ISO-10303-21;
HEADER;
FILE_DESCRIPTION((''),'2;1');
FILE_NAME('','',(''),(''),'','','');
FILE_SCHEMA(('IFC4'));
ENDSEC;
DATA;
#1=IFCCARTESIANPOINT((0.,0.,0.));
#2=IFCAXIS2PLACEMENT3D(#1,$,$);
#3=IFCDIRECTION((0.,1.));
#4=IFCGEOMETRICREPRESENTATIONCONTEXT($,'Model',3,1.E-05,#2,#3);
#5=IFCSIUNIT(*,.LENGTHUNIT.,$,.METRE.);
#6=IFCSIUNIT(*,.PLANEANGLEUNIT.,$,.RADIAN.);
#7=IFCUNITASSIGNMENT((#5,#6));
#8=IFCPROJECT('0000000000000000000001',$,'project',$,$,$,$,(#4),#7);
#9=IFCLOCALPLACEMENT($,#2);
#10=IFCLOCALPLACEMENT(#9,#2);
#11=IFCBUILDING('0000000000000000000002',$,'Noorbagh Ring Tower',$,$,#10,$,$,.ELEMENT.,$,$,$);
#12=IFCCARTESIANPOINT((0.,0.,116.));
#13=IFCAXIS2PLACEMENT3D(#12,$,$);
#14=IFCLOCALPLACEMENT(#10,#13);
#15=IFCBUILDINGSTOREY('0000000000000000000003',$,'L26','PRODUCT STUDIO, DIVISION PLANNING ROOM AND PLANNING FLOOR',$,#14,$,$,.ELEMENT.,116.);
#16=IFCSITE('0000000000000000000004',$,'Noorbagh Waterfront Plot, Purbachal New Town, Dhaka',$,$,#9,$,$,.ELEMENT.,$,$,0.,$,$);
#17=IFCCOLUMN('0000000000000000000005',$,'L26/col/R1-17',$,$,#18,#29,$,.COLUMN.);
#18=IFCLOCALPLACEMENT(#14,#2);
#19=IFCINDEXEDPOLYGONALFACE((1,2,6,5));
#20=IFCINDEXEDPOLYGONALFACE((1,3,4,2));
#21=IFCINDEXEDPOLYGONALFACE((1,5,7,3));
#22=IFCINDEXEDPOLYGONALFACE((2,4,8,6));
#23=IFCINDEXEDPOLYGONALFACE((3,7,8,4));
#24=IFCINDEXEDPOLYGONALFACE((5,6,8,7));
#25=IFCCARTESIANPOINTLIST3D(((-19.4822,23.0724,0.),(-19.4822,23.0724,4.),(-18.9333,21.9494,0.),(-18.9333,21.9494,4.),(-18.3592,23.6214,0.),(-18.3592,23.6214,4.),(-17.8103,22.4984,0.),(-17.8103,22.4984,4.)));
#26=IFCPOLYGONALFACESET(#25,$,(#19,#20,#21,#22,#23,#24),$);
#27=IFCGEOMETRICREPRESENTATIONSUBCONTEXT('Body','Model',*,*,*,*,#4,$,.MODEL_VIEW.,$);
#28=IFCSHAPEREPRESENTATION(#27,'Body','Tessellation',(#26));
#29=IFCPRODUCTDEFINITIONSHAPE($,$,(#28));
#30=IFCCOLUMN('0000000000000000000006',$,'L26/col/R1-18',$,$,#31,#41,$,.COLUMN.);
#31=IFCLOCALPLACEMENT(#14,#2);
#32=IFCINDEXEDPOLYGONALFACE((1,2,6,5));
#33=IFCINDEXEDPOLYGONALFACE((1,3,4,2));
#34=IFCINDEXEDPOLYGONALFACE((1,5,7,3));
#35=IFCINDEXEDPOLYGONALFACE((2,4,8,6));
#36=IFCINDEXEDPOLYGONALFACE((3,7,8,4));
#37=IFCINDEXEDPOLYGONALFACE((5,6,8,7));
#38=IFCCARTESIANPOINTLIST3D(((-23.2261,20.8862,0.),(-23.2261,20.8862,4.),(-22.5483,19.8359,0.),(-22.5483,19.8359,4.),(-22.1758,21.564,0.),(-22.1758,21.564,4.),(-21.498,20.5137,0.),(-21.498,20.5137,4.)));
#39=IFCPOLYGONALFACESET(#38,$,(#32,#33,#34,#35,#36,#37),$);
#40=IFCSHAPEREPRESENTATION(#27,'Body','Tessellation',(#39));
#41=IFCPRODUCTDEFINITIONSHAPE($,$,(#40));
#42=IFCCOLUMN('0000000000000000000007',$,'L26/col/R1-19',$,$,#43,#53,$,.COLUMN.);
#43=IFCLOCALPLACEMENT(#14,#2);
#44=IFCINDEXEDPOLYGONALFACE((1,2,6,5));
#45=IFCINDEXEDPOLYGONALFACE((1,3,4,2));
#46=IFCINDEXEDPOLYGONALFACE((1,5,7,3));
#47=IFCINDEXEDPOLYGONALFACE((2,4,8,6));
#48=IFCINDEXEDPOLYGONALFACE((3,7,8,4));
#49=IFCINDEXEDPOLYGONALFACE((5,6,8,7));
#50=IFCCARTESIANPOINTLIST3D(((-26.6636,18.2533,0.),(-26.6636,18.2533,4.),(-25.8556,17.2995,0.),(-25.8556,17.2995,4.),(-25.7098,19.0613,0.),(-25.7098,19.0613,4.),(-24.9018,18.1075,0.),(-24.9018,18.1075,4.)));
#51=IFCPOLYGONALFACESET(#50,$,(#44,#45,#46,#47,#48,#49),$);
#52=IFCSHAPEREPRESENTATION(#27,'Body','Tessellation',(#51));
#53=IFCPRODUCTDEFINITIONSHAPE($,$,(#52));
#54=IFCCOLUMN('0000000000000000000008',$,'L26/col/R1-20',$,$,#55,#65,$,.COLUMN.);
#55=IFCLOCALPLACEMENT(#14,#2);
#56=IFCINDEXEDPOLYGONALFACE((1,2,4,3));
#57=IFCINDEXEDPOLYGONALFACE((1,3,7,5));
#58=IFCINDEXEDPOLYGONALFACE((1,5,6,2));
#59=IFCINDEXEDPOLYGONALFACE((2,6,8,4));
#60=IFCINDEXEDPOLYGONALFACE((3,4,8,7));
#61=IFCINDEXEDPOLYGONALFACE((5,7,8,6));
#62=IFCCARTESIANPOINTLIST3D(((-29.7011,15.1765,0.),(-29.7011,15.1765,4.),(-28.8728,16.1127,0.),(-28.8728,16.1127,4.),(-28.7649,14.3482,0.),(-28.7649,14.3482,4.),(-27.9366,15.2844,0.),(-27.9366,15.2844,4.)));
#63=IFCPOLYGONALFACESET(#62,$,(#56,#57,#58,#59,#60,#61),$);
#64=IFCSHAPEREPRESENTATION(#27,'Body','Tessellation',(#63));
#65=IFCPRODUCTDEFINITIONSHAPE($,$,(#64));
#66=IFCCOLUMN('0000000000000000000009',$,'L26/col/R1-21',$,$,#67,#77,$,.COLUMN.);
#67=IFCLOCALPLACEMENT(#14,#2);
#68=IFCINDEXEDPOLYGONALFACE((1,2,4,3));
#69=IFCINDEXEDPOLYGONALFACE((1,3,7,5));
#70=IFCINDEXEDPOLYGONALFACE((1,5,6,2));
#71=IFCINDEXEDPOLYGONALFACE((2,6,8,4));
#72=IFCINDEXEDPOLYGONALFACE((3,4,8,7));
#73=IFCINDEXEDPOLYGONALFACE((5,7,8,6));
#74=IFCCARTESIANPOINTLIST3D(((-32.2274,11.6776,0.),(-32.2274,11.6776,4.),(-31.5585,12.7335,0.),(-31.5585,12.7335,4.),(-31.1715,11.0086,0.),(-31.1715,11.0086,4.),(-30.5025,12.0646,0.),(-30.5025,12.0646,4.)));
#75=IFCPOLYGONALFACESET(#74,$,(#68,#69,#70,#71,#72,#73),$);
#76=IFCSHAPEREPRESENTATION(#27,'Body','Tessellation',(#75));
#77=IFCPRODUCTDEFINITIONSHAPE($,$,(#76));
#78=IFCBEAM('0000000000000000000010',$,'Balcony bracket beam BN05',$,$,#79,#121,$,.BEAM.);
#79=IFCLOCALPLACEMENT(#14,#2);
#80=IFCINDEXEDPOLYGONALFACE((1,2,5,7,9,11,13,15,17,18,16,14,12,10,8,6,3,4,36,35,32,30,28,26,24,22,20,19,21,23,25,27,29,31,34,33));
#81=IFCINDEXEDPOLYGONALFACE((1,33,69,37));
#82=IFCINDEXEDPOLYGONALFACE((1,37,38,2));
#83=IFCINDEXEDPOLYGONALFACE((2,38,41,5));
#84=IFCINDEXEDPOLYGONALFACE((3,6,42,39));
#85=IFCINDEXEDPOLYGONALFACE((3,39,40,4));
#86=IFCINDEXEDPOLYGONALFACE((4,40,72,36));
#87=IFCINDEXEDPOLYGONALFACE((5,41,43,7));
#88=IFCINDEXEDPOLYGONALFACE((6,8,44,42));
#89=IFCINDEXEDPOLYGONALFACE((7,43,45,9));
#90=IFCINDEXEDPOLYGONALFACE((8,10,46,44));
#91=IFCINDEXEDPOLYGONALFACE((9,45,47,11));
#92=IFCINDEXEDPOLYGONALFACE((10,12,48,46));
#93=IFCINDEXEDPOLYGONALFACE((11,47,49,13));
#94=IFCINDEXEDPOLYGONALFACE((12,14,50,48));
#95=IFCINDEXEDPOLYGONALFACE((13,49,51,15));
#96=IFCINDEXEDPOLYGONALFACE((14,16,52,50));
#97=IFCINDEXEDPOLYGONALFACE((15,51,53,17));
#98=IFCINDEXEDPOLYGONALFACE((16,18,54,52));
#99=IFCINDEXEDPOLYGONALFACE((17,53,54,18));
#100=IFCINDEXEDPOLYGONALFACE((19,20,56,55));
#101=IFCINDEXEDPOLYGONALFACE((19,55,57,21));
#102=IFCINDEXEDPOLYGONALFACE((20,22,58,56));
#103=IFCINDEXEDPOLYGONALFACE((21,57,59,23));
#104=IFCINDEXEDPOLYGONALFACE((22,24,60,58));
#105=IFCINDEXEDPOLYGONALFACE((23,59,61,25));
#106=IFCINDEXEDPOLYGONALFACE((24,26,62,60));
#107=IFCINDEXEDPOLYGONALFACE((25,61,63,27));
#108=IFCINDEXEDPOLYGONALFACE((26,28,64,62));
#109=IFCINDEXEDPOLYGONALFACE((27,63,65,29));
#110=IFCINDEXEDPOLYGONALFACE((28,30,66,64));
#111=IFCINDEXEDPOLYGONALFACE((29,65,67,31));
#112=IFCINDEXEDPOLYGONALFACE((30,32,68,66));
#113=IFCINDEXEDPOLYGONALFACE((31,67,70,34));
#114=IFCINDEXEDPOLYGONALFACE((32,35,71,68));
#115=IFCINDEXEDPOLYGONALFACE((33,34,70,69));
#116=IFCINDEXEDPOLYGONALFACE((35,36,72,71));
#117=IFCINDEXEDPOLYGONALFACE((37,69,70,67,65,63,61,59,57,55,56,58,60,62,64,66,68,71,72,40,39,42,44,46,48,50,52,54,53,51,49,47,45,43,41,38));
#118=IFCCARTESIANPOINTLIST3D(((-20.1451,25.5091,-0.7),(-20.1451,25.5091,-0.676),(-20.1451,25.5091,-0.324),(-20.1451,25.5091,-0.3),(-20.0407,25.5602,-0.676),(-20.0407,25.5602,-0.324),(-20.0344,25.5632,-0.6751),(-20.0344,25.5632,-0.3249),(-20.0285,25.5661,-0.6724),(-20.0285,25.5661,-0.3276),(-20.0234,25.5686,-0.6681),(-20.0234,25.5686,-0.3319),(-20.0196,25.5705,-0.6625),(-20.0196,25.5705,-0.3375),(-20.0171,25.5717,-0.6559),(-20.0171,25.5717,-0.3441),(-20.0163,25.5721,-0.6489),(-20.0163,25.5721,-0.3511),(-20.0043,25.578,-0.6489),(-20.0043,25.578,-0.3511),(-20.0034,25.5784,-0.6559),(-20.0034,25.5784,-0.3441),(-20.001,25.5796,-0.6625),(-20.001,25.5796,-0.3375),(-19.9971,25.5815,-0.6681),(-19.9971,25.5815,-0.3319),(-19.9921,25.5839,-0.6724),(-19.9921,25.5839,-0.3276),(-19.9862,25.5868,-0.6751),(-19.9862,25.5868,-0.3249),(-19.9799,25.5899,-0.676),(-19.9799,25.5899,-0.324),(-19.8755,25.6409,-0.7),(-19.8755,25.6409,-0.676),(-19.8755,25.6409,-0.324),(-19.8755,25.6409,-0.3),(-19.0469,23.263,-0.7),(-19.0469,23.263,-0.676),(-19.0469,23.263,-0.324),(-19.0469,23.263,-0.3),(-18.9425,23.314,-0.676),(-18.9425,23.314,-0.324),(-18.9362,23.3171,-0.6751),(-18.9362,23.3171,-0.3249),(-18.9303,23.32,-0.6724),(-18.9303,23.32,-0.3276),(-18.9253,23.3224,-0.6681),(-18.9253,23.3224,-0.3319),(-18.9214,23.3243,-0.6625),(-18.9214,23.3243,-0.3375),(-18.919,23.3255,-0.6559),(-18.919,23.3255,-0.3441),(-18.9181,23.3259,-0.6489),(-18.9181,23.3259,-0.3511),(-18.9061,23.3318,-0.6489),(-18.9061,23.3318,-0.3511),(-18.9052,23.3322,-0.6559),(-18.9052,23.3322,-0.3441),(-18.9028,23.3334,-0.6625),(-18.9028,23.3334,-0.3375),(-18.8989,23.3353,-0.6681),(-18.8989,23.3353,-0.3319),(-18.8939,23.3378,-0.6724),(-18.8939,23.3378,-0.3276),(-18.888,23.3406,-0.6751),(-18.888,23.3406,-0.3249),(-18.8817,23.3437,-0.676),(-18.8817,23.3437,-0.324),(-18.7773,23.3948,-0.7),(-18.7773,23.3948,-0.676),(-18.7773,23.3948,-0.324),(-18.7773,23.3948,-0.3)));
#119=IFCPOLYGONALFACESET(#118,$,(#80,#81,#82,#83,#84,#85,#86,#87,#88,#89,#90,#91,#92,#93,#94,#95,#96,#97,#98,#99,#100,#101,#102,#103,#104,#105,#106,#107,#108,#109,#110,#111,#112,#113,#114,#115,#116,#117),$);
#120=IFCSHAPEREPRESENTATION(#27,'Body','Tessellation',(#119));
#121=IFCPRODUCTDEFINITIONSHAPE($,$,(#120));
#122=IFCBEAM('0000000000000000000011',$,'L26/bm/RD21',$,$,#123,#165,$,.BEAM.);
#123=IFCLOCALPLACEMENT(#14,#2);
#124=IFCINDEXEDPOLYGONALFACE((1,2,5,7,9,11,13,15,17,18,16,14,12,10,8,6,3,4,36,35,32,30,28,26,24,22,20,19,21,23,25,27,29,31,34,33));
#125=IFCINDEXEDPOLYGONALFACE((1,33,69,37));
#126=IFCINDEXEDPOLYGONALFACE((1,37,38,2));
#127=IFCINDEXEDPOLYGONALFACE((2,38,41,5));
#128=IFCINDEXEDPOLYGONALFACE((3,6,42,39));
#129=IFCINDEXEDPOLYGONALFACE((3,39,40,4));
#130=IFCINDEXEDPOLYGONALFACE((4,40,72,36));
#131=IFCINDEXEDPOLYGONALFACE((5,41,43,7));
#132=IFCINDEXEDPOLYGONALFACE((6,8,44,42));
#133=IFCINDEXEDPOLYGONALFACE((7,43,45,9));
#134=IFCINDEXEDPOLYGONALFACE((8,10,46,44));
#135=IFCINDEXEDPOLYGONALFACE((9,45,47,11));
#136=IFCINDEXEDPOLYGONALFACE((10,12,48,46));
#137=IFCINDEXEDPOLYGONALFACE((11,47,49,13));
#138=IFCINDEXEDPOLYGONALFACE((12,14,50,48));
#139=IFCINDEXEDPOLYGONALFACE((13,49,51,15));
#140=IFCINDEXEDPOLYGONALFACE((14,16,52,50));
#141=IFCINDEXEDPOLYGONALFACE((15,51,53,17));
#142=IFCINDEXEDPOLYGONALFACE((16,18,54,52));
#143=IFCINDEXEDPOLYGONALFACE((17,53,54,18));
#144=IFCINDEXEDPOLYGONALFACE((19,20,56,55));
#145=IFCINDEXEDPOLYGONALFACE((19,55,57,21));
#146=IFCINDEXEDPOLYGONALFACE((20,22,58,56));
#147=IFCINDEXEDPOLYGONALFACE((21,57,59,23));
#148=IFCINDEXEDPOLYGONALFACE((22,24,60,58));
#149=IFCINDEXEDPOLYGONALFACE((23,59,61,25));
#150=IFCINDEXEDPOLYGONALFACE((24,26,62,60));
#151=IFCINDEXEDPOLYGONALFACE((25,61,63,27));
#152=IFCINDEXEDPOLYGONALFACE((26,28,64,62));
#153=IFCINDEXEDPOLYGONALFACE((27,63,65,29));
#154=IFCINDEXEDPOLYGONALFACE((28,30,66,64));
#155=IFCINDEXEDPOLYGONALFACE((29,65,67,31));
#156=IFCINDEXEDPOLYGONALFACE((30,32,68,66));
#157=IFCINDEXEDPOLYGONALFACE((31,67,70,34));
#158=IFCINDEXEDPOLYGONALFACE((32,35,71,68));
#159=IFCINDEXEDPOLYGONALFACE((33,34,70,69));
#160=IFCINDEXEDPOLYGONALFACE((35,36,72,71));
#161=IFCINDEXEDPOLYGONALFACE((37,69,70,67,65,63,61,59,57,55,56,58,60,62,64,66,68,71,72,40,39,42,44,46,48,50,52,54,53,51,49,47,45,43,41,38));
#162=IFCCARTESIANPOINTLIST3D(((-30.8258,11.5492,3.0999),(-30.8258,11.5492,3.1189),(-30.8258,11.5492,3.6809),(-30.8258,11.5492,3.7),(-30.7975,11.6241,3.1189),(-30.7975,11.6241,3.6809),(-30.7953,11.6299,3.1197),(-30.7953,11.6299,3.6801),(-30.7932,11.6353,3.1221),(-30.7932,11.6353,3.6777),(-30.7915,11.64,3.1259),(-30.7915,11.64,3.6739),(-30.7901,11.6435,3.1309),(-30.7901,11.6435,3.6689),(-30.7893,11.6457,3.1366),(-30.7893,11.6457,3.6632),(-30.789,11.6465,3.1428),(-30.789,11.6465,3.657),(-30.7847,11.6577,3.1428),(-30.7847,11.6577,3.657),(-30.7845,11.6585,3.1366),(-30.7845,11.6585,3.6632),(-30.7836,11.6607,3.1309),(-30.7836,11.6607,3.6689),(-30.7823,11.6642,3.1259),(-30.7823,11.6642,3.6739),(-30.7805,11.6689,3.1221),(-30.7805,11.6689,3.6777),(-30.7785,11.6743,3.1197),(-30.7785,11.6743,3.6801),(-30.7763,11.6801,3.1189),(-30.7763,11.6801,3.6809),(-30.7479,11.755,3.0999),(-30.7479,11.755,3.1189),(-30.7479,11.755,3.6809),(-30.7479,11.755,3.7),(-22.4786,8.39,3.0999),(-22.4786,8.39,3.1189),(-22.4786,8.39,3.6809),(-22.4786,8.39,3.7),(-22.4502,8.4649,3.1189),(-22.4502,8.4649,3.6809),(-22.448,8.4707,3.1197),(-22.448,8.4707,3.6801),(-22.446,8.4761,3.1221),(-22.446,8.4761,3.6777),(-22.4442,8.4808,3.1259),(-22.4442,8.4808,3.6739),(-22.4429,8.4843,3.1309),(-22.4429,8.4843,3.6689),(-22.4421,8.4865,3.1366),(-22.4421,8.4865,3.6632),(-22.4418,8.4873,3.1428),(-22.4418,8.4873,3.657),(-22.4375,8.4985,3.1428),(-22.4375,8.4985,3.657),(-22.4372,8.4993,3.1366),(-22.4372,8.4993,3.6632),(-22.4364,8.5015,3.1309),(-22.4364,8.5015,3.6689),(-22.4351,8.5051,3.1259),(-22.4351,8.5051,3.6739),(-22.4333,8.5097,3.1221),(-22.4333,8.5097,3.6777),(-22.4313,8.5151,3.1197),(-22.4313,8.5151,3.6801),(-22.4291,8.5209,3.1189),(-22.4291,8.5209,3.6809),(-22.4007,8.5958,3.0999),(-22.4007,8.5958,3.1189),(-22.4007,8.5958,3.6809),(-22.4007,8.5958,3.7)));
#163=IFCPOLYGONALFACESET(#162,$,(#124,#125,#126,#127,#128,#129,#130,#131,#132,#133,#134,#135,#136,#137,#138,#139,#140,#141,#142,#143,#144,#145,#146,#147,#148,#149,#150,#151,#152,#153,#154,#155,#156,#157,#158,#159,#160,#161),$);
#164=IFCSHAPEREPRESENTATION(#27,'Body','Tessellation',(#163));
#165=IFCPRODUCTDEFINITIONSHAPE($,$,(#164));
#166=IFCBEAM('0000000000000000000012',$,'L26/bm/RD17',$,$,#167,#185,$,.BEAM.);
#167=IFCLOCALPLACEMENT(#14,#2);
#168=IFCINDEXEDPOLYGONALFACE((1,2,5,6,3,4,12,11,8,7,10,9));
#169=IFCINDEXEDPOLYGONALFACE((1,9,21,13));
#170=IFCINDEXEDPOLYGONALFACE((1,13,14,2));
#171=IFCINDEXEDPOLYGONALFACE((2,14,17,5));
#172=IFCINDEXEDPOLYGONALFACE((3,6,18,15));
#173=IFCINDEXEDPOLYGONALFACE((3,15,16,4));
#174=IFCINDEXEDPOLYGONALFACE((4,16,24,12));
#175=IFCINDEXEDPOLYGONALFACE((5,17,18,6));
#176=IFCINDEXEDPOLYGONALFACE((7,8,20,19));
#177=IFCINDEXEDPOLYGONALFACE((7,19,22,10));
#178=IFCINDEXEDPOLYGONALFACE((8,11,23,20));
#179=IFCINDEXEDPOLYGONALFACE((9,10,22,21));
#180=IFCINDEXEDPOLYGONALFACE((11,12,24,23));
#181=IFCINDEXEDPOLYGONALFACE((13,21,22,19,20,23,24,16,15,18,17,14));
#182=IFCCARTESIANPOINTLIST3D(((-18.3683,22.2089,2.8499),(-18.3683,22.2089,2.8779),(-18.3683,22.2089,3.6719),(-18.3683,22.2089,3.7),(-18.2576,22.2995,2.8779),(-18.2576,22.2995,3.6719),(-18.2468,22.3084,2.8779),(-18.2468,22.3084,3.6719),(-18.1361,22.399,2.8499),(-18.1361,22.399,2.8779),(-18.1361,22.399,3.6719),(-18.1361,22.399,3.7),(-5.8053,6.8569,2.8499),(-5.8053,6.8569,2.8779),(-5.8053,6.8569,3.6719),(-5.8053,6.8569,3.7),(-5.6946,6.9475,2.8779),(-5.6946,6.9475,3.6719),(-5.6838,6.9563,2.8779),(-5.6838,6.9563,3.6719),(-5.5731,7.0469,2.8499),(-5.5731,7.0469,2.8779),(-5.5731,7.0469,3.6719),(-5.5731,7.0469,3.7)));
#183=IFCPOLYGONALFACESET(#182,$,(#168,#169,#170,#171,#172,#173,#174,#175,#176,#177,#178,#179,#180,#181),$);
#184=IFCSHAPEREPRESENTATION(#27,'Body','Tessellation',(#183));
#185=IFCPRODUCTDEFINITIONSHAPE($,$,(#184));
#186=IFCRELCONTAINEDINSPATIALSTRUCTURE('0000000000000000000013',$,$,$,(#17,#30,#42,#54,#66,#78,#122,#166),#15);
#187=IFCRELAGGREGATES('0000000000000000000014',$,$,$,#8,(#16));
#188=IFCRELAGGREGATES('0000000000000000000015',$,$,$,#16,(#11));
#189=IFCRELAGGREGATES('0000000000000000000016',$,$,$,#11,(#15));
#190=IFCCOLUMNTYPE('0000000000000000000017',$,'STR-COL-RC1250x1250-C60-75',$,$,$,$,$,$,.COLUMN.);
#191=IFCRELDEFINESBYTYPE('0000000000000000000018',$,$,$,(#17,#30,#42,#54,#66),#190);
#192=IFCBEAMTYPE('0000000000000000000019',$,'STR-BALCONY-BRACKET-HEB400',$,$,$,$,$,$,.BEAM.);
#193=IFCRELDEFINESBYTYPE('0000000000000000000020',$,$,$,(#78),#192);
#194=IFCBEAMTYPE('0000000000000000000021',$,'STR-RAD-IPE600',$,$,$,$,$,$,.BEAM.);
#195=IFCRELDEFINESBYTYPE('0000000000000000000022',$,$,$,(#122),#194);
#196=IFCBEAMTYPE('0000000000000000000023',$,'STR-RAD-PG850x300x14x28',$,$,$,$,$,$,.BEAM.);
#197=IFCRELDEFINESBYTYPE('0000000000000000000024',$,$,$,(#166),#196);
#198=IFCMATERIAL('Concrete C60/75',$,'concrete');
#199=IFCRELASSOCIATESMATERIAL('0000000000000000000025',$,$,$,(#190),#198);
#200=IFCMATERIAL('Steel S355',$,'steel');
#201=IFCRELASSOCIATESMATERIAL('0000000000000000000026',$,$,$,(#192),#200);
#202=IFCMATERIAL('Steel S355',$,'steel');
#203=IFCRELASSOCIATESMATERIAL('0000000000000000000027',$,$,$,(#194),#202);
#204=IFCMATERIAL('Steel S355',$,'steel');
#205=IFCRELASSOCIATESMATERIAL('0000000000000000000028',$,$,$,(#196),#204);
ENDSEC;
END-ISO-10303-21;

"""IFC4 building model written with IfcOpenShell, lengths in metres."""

from ifc_helpers import new_model, si_unit, direction, frame, origin, origin_2d, place, context, subcontext, project, spatial, rectangle, i_section, extrude, material, material_profile, profile_set, type_object, element, save


model = new_model("IFC4")

# Units and contexts
model_context = context("Model", 3, precision=1e-05, world=origin(), true_north=direction((0.0, 1.0)))
body_context = subcontext(model_context, "Body", "Model", "MODEL_VIEW")
ifc_project = project(units=[si_unit("LENGTHUNIT", "METRE"), si_unit("PLANEANGLEUNIT", "RADIAN")], contexts=[model_context])

# Site, building, storey
site_placement = place(None, origin())
site = spatial("IfcSite", under=ifc_project, at=site_placement, Name="Noorbagh Waterfront Plot, Purbachal New Town, Dhaka", CompositionType="ELEMENT", RefElevation=0.0)
building_placement = place(site_placement, origin())
building = spatial("IfcBuilding", under=site, at=building_placement, Name="Noorbagh Ring Tower", CompositionType="ELEMENT")
storey_placement = place(building_placement, frame((0.0, 0.0, 116.0)))
storey = spatial("IfcBuildingStorey", under=building, at=storey_placement, Name="L26", Description="PRODUCT STUDIO, DIVISION PLANNING ROOM AND PLANNING FLOOR", CompositionType="ELEMENT", Elevation=116.0)

# Columns
ifc_material_1 = material(Name="Concrete C60/75", Category="concrete")
ifc_material_profile_1 = material_profile(ifc_material_1, rectangle(XDim=1.25, YDim=1.25, at=origin_2d()), Name="RC1250x1250")
ifc_profile_set_1 = profile_set([ifc_material_profile_1], Name="Concrete C60/75")
column_type = type_object("IfcColumnType", Name="STR-COL-RC1250x1250-C60-75", PredefinedType="COLUMN", material=ifc_profile_set_1)
for number, where, z_axis, x_axis, name in (
    (1, (-18.6462, 22.7854, 0.0), (0.0, 0.0, 1.0), (-0.898399, -0.43918, 0.0), "L26/col/R1-17"),
    (2, (-22.3621, 20.7, 0.0), (0.0, 0.0, 1.0), (-0.840248, -0.542203, 0.0), "L26/col/R1-18"),
    (3, (-25.7827, 18.1804, 0.0), (0.0, 0.0, 1.0), (-0.763035, -0.646357, 0.0), "L26/col/R1-19"),
    (4, (-28.8188, 15.2305, 0.0), (0.0, 0.0, 1.0), (-0.662636, -0.748942, 0.0), "L26/col/R1-20"),
    (5, (-31.365, 11.8711, 0.0), (0.0, 0.0, 1.0), (-0.53519, -0.844731, 0.0), "L26/col/R1-21"),
):
    element("IfcColumn", number, at=place(storey_placement, frame(where, z_axis=z_axis, x_axis=x_axis)), inside=storey, type_object=column_type, Name=name, PredefinedType="COLUMN", context=body_context, shape_type="SweptSolid", body=[
        extrude(rectangle(XDim=1.25, YDim=1.25, at=origin_2d()), origin(), (0.0, 0.0, 1.0), 4.0),
    ])

# Beams
ifc_material_2 = material(Name="Steel S355", Category="steel")
ifc_material_profile_2 = material_profile(ifc_material_2, i_section(OverallWidth=0.3, OverallDepth=0.3999, WebThickness=0.0134, FlangeThickness=0.0239, FilletRadius=0.0271, at=origin_2d()), Name="HEB400")
ifc_profile_set_2 = profile_set([ifc_material_profile_2], Name="Steel S355")
beam_type_1 = type_object("IfcBeamType", Name="STR-BALCONY-BRACKET-HEB400", PredefinedType="BEAM", material=ifc_profile_set_2)
beam_1_placement = place(storey_placement, frame((-18.9121, 23.3289, -0.5), z_axis=(-0.439228, 0.898376, 0.0), x_axis=(-0.898376, -0.439228, 0.0)))
element("IfcBeam", 6, at=beam_1_placement, inside=storey, type_object=beam_type_1, Name="Balcony bracket beam BN05", PredefinedType="BEAM", context=body_context, shape_type="SweptSolid", body=[
    extrude(i_section(OverallWidth=0.3, OverallDepth=0.3999, WebThickness=0.0134, FlangeThickness=0.0239, FilletRadius=0.0271, at=origin_2d()), origin(), (0.0, 0.0, 1.0), 2.5002),
])
ifc_material_3 = material(Name="Steel S355", Category="steel")
ifc_material_profile_3 = material_profile(ifc_material_3, i_section(OverallWidth=0.22, OverallDepth=0.6001, WebThickness=0.012, FlangeThickness=0.019, FilletRadius=0.0239, at=origin_2d()), Name="IPE600")
ifc_profile_set_3 = profile_set([ifc_material_profile_3], Name="Steel S355")
beam_type_2 = type_object("IfcBeamType", Name="STR-RAD-IPE600", PredefinedType="BEAM", material=ifc_profile_set_3)
beam_2_placement = place(storey_placement, frame((-30.7869, 11.6521, 3.3999), z_axis=(0.935257, -0.35397, 0.0), x_axis=(0.35397, 0.935257, 0.0)))
element("IfcBeam", 7, at=beam_2_placement, inside=storey, type_object=beam_type_2, Name="L26/bm/RD21", PredefinedType="BEAM", context=body_context, shape_type="SweptSolid", body=[
    extrude(i_section(OverallWidth=0.22, OverallDepth=0.6001, WebThickness=0.012, FlangeThickness=0.019, FilletRadius=0.0239, at=origin_2d()), origin(), (0.0, 0.0, 1.0), 8.925),
])
ifc_material_4 = material(Name="Steel S355", Category="steel")
ifc_material_profile_4 = material_profile(ifc_material_4, i_section(OverallWidth=0.3, OverallDepth=0.8501, WebThickness=0.0139, FlangeThickness=0.0281, at=origin_2d()), Name="PG850x300x14x28")
ifc_profile_set_4 = profile_set([ifc_material_profile_4], Name="Steel S355")
beam_type_3 = type_object("IfcBeamType", Name="STR-RAD-PG850x300x14x28", PredefinedType="BEAM", material=ifc_profile_set_4)
beam_3_placement = place(storey_placement, frame((-18.2522, 22.304, 3.2749), z_axis=(0.633305, -0.773902, 0.0), x_axis=(0.773902, 0.633305, 0.0)))
element("IfcBeam", 8, at=beam_3_placement, inside=storey, type_object=beam_type_3, Name="L26/bm/RD17", PredefinedType="BEAM", context=body_context, shape_type="SweptSolid", body=[
    extrude(i_section(OverallWidth=0.3, OverallDepth=0.8501, WebThickness=0.0139, FlangeThickness=0.0281, at=origin_2d()), origin(), (0.0, 0.0, 1.0), 19.8372),
])

save(model, "model.ifc")
